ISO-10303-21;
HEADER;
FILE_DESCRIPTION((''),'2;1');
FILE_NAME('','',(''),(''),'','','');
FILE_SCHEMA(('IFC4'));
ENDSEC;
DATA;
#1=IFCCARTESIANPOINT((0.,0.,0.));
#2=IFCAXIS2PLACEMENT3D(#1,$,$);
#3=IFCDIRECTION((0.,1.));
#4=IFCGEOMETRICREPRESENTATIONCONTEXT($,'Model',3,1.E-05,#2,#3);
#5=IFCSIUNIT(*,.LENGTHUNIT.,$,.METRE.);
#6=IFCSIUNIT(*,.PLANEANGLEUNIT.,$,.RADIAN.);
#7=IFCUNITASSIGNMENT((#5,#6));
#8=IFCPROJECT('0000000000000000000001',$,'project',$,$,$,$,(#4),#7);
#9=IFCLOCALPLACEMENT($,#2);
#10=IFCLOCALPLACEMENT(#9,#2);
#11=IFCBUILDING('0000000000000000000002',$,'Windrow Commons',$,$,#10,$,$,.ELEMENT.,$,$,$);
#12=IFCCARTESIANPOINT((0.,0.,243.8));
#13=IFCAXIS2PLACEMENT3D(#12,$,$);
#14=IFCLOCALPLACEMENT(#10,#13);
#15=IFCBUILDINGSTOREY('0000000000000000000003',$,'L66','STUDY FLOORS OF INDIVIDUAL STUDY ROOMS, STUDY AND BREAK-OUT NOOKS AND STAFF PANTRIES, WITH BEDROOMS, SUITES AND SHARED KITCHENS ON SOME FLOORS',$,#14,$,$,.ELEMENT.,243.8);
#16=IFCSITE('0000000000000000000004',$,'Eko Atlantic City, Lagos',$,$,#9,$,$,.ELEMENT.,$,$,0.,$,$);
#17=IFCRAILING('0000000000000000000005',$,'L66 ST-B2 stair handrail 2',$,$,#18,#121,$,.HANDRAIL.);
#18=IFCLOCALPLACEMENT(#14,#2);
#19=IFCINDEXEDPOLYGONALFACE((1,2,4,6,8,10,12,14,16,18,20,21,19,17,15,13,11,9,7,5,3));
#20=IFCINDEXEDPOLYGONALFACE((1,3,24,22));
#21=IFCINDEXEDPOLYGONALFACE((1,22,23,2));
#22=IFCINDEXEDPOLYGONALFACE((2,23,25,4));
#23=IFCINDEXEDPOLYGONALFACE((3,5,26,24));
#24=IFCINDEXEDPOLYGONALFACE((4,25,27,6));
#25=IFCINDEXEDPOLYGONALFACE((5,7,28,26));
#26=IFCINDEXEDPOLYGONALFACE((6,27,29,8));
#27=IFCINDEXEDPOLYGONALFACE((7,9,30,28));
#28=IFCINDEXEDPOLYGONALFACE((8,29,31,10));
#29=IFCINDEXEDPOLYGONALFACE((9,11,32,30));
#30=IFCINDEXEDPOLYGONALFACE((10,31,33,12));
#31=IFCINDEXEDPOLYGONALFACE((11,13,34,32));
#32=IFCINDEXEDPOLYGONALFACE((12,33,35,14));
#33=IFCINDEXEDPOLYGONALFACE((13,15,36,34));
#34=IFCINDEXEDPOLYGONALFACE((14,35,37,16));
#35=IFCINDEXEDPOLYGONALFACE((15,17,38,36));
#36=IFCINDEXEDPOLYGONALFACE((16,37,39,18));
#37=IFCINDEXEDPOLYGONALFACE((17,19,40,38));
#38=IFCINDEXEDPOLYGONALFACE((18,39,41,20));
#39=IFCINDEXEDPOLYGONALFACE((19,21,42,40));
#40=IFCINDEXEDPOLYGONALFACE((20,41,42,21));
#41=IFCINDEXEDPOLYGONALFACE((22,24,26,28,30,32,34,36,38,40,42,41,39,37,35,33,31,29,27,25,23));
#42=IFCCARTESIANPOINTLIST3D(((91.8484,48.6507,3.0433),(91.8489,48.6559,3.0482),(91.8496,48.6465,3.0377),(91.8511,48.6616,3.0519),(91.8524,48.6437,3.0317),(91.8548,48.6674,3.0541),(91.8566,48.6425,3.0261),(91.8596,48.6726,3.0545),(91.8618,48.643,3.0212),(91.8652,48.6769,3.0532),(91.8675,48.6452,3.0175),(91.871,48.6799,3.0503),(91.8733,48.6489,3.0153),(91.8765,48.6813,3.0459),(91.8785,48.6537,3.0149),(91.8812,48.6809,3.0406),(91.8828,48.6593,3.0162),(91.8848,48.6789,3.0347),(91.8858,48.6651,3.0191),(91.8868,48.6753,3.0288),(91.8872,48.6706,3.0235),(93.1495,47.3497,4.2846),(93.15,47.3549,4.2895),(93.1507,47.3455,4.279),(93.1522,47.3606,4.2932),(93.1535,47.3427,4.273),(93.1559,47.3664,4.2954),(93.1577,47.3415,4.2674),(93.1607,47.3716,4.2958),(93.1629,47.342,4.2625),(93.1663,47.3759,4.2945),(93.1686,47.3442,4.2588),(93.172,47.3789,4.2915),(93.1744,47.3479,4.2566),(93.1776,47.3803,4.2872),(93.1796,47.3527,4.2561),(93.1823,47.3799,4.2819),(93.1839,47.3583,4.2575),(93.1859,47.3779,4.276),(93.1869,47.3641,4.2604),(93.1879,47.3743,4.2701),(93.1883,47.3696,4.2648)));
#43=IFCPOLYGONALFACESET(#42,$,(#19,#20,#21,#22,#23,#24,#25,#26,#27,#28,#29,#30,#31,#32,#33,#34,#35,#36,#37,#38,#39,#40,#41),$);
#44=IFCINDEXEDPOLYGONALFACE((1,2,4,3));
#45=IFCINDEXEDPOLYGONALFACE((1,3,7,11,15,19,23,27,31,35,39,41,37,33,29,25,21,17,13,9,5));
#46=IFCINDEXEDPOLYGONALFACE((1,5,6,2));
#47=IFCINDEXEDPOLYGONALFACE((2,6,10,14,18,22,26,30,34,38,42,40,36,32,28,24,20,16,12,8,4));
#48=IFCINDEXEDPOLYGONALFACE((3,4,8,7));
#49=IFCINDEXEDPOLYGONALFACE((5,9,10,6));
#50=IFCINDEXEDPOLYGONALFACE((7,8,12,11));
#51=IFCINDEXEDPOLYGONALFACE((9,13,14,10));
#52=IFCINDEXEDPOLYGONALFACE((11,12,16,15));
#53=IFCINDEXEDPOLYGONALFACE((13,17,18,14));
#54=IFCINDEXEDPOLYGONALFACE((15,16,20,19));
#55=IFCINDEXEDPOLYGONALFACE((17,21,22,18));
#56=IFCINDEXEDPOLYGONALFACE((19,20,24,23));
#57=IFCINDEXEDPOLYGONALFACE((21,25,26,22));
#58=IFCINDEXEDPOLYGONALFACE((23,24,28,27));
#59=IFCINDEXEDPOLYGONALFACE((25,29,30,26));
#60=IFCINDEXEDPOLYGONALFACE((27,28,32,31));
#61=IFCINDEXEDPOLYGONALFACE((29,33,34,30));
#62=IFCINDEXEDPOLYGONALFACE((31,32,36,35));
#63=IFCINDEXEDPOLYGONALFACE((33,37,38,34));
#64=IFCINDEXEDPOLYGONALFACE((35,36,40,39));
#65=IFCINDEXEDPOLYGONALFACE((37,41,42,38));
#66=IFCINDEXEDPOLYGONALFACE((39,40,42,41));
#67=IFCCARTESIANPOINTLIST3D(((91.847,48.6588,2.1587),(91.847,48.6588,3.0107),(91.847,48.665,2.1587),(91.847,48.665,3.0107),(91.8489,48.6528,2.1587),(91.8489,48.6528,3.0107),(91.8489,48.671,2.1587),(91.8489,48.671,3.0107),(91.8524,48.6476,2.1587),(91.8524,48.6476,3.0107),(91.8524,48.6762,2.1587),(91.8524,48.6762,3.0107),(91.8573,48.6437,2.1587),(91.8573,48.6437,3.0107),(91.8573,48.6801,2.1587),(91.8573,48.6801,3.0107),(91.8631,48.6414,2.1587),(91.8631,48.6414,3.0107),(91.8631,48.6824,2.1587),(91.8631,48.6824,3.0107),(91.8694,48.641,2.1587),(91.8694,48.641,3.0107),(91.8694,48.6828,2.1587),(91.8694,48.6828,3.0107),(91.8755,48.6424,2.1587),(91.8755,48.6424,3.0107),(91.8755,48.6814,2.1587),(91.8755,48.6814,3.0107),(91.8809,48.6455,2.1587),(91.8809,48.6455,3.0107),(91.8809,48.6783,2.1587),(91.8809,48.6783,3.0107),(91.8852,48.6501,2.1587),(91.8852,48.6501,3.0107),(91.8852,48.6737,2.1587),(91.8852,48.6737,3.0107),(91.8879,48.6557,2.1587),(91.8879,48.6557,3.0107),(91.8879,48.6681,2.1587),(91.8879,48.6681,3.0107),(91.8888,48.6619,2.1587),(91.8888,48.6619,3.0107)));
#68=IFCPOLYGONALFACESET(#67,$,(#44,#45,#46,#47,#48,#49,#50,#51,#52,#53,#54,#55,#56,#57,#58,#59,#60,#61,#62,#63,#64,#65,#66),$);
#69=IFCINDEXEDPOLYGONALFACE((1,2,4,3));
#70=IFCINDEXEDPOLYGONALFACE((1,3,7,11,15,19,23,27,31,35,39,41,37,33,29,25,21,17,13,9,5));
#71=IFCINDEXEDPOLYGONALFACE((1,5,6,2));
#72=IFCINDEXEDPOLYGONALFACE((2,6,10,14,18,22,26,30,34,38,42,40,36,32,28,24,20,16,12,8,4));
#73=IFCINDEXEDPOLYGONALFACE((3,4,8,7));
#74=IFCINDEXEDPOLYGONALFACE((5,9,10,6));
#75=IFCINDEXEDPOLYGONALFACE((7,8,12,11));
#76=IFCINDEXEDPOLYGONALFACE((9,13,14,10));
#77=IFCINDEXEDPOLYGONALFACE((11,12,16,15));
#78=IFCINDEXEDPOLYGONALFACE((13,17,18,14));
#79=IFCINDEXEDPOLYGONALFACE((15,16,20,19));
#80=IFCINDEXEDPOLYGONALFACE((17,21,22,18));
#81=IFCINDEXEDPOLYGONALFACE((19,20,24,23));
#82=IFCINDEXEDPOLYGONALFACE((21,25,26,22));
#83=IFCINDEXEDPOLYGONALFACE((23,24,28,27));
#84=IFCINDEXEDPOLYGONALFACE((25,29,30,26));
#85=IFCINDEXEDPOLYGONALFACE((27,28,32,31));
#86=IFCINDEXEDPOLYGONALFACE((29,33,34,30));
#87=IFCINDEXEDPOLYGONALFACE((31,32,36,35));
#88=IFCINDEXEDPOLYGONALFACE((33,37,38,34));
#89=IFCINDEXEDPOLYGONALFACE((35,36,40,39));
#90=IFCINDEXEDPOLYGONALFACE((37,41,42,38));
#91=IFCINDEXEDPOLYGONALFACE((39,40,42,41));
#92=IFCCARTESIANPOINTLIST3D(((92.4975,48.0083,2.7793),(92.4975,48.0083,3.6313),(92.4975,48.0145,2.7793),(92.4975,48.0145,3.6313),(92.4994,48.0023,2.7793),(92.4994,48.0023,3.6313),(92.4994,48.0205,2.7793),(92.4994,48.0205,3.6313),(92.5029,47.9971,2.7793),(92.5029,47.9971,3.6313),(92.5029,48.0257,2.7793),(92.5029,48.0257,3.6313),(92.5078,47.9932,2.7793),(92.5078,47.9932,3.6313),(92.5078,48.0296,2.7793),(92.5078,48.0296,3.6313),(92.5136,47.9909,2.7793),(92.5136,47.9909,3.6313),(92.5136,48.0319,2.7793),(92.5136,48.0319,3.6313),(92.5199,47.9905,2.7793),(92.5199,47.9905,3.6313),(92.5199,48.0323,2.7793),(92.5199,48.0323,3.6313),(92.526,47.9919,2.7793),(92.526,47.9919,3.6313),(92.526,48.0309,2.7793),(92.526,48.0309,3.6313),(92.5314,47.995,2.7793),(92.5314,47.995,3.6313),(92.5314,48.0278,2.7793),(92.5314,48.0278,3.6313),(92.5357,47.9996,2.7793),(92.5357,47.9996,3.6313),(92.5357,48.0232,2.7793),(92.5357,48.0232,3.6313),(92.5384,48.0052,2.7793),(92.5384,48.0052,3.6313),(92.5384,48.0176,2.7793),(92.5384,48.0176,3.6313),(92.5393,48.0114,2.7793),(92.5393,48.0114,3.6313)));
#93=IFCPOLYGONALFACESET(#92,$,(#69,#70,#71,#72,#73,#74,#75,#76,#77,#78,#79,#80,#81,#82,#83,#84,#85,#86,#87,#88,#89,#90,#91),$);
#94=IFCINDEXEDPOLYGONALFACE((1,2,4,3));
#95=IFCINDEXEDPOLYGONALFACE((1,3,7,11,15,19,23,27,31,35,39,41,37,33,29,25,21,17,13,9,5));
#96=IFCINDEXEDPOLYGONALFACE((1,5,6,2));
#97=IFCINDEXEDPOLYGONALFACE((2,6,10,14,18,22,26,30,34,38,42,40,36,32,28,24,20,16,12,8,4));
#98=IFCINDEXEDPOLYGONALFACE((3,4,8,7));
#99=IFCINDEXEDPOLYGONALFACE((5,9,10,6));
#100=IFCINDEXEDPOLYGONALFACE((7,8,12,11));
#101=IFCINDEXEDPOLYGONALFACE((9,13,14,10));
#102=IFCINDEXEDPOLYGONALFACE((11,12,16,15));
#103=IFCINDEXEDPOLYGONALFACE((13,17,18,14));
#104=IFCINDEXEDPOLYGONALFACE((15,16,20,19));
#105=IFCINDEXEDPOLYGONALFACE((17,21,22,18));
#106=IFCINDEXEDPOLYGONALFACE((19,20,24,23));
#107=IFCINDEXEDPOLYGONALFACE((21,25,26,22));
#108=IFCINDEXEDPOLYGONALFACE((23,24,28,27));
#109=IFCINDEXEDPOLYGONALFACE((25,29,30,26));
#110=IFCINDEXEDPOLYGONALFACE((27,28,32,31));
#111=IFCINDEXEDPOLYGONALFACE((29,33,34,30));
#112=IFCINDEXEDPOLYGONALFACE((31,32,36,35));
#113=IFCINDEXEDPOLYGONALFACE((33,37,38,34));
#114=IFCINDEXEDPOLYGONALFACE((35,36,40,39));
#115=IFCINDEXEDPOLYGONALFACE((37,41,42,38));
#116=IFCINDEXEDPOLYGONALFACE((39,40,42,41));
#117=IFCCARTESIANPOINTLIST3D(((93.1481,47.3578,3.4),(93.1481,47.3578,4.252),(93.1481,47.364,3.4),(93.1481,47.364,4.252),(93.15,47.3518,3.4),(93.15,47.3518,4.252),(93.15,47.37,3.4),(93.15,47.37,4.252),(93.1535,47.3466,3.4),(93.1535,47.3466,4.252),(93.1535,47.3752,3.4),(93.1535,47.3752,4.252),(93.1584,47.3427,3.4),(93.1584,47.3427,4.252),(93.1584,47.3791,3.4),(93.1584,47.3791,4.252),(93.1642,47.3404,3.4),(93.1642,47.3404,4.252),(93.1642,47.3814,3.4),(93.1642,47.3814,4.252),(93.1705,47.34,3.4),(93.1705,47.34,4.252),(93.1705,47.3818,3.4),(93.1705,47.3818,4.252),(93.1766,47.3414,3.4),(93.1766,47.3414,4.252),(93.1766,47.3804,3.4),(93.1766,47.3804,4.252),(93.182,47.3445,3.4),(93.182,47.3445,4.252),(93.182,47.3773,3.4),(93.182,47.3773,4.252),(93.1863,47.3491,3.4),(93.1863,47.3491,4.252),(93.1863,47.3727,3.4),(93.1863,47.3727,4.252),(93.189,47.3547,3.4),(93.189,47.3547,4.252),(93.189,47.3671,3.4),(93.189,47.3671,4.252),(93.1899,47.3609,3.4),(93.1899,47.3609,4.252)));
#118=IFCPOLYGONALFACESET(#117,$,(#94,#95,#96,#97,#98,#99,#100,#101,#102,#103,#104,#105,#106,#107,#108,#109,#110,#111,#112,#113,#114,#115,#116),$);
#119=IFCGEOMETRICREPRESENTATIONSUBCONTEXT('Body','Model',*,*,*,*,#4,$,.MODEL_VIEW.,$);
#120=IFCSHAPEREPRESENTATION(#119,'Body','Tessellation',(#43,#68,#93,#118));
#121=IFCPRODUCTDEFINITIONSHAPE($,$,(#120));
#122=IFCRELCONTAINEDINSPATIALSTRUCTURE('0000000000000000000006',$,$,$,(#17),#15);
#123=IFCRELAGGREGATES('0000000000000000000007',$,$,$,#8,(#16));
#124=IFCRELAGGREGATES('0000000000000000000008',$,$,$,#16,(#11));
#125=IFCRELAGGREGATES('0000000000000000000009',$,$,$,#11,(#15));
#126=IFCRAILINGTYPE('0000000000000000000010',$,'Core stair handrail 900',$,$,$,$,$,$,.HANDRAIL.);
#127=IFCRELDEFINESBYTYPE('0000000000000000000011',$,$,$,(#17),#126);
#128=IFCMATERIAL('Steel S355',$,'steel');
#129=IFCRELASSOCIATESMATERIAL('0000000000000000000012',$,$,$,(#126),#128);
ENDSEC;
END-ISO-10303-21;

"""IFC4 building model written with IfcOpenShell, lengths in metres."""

from ifc_helpers import new_model, si_unit, direction, frame, origin, origin_2d, place, context, subcontext, project, spatial, circle, extrude, material, type_object, element, save


model = new_model("IFC4")

# Units and contexts
model_context = context("Model", 3, precision=1e-05, world=origin(), true_north=direction((0.0, 1.0)))
body_context = subcontext(model_context, "Body", "Model", "MODEL_VIEW")
ifc_project = project(units=[si_unit("LENGTHUNIT", "METRE"), si_unit("PLANEANGLEUNIT", "RADIAN")], contexts=[model_context])

# Site, building, storey
site_placement = place(None, origin())
site = spatial("IfcSite", under=ifc_project, at=site_placement, Name="Eko Atlantic City, Lagos", CompositionType="ELEMENT", RefElevation=0.0)
building_placement = place(site_placement, origin())
building = spatial("IfcBuilding", under=site, at=building_placement, Name="Windrow Commons", CompositionType="ELEMENT")
storey_placement = place(building_placement, frame((0.0, 0.0, 243.8)))
storey = spatial("IfcBuildingStorey", under=building, at=storey_placement, Name="L66", Description="STUDY FLOORS OF INDIVIDUAL STUDY ROOMS, STUDY AND BREAK-OUT NOOKS AND STAFF PANTRIES, WITH BEDROOMS, SUITES AND SHARED KITCHENS ON SOME FLOORS", CompositionType="ELEMENT", Elevation=243.8)

# Railing
ifc_material_1 = material(Name="Steel S355", Category="steel")
railing_type_1 = type_object("IfcRailingType", Name="Core stair handrail 900", PredefinedType="HANDRAIL", material=ifc_material_1)
railing_1_placement = place(storey_placement, frame((91.8678, 48.6619, 2.1587)))
element("IfcRailing", 1, at=railing_1_placement, inside=storey, type_object=railing_type_1, Name="L66 ST-B2 stair handrail 2", PredefinedType="HANDRAIL", context=body_context, shape_type="SweptSolid", body=[
    extrude(circle(Radius=0.024, at=origin_2d()), frame((0.0, 0.0, 0.876), z_axis=(0.586207, -0.586162, 0.559264), x_axis=(0.70708, 0.707134, 0.0)), (0.0, 0.0, 1.0), 2.2195),
    extrude(circle(Radius=0.021, at=origin_2d()), origin(), (0.0, 0.0, 1.0), 0.852),
    extrude(circle(Radius=0.021, at=origin_2d()), frame((0.6505, -0.6505, 0.6206)), (0.0, 0.0, 1.0), 0.852),
    extrude(circle(Radius=0.021, at=origin_2d()), frame((1.3011, -1.301, 1.2413)), (0.0, 0.0, 1.0), 0.852),
])

save(model, "model.ifc")
